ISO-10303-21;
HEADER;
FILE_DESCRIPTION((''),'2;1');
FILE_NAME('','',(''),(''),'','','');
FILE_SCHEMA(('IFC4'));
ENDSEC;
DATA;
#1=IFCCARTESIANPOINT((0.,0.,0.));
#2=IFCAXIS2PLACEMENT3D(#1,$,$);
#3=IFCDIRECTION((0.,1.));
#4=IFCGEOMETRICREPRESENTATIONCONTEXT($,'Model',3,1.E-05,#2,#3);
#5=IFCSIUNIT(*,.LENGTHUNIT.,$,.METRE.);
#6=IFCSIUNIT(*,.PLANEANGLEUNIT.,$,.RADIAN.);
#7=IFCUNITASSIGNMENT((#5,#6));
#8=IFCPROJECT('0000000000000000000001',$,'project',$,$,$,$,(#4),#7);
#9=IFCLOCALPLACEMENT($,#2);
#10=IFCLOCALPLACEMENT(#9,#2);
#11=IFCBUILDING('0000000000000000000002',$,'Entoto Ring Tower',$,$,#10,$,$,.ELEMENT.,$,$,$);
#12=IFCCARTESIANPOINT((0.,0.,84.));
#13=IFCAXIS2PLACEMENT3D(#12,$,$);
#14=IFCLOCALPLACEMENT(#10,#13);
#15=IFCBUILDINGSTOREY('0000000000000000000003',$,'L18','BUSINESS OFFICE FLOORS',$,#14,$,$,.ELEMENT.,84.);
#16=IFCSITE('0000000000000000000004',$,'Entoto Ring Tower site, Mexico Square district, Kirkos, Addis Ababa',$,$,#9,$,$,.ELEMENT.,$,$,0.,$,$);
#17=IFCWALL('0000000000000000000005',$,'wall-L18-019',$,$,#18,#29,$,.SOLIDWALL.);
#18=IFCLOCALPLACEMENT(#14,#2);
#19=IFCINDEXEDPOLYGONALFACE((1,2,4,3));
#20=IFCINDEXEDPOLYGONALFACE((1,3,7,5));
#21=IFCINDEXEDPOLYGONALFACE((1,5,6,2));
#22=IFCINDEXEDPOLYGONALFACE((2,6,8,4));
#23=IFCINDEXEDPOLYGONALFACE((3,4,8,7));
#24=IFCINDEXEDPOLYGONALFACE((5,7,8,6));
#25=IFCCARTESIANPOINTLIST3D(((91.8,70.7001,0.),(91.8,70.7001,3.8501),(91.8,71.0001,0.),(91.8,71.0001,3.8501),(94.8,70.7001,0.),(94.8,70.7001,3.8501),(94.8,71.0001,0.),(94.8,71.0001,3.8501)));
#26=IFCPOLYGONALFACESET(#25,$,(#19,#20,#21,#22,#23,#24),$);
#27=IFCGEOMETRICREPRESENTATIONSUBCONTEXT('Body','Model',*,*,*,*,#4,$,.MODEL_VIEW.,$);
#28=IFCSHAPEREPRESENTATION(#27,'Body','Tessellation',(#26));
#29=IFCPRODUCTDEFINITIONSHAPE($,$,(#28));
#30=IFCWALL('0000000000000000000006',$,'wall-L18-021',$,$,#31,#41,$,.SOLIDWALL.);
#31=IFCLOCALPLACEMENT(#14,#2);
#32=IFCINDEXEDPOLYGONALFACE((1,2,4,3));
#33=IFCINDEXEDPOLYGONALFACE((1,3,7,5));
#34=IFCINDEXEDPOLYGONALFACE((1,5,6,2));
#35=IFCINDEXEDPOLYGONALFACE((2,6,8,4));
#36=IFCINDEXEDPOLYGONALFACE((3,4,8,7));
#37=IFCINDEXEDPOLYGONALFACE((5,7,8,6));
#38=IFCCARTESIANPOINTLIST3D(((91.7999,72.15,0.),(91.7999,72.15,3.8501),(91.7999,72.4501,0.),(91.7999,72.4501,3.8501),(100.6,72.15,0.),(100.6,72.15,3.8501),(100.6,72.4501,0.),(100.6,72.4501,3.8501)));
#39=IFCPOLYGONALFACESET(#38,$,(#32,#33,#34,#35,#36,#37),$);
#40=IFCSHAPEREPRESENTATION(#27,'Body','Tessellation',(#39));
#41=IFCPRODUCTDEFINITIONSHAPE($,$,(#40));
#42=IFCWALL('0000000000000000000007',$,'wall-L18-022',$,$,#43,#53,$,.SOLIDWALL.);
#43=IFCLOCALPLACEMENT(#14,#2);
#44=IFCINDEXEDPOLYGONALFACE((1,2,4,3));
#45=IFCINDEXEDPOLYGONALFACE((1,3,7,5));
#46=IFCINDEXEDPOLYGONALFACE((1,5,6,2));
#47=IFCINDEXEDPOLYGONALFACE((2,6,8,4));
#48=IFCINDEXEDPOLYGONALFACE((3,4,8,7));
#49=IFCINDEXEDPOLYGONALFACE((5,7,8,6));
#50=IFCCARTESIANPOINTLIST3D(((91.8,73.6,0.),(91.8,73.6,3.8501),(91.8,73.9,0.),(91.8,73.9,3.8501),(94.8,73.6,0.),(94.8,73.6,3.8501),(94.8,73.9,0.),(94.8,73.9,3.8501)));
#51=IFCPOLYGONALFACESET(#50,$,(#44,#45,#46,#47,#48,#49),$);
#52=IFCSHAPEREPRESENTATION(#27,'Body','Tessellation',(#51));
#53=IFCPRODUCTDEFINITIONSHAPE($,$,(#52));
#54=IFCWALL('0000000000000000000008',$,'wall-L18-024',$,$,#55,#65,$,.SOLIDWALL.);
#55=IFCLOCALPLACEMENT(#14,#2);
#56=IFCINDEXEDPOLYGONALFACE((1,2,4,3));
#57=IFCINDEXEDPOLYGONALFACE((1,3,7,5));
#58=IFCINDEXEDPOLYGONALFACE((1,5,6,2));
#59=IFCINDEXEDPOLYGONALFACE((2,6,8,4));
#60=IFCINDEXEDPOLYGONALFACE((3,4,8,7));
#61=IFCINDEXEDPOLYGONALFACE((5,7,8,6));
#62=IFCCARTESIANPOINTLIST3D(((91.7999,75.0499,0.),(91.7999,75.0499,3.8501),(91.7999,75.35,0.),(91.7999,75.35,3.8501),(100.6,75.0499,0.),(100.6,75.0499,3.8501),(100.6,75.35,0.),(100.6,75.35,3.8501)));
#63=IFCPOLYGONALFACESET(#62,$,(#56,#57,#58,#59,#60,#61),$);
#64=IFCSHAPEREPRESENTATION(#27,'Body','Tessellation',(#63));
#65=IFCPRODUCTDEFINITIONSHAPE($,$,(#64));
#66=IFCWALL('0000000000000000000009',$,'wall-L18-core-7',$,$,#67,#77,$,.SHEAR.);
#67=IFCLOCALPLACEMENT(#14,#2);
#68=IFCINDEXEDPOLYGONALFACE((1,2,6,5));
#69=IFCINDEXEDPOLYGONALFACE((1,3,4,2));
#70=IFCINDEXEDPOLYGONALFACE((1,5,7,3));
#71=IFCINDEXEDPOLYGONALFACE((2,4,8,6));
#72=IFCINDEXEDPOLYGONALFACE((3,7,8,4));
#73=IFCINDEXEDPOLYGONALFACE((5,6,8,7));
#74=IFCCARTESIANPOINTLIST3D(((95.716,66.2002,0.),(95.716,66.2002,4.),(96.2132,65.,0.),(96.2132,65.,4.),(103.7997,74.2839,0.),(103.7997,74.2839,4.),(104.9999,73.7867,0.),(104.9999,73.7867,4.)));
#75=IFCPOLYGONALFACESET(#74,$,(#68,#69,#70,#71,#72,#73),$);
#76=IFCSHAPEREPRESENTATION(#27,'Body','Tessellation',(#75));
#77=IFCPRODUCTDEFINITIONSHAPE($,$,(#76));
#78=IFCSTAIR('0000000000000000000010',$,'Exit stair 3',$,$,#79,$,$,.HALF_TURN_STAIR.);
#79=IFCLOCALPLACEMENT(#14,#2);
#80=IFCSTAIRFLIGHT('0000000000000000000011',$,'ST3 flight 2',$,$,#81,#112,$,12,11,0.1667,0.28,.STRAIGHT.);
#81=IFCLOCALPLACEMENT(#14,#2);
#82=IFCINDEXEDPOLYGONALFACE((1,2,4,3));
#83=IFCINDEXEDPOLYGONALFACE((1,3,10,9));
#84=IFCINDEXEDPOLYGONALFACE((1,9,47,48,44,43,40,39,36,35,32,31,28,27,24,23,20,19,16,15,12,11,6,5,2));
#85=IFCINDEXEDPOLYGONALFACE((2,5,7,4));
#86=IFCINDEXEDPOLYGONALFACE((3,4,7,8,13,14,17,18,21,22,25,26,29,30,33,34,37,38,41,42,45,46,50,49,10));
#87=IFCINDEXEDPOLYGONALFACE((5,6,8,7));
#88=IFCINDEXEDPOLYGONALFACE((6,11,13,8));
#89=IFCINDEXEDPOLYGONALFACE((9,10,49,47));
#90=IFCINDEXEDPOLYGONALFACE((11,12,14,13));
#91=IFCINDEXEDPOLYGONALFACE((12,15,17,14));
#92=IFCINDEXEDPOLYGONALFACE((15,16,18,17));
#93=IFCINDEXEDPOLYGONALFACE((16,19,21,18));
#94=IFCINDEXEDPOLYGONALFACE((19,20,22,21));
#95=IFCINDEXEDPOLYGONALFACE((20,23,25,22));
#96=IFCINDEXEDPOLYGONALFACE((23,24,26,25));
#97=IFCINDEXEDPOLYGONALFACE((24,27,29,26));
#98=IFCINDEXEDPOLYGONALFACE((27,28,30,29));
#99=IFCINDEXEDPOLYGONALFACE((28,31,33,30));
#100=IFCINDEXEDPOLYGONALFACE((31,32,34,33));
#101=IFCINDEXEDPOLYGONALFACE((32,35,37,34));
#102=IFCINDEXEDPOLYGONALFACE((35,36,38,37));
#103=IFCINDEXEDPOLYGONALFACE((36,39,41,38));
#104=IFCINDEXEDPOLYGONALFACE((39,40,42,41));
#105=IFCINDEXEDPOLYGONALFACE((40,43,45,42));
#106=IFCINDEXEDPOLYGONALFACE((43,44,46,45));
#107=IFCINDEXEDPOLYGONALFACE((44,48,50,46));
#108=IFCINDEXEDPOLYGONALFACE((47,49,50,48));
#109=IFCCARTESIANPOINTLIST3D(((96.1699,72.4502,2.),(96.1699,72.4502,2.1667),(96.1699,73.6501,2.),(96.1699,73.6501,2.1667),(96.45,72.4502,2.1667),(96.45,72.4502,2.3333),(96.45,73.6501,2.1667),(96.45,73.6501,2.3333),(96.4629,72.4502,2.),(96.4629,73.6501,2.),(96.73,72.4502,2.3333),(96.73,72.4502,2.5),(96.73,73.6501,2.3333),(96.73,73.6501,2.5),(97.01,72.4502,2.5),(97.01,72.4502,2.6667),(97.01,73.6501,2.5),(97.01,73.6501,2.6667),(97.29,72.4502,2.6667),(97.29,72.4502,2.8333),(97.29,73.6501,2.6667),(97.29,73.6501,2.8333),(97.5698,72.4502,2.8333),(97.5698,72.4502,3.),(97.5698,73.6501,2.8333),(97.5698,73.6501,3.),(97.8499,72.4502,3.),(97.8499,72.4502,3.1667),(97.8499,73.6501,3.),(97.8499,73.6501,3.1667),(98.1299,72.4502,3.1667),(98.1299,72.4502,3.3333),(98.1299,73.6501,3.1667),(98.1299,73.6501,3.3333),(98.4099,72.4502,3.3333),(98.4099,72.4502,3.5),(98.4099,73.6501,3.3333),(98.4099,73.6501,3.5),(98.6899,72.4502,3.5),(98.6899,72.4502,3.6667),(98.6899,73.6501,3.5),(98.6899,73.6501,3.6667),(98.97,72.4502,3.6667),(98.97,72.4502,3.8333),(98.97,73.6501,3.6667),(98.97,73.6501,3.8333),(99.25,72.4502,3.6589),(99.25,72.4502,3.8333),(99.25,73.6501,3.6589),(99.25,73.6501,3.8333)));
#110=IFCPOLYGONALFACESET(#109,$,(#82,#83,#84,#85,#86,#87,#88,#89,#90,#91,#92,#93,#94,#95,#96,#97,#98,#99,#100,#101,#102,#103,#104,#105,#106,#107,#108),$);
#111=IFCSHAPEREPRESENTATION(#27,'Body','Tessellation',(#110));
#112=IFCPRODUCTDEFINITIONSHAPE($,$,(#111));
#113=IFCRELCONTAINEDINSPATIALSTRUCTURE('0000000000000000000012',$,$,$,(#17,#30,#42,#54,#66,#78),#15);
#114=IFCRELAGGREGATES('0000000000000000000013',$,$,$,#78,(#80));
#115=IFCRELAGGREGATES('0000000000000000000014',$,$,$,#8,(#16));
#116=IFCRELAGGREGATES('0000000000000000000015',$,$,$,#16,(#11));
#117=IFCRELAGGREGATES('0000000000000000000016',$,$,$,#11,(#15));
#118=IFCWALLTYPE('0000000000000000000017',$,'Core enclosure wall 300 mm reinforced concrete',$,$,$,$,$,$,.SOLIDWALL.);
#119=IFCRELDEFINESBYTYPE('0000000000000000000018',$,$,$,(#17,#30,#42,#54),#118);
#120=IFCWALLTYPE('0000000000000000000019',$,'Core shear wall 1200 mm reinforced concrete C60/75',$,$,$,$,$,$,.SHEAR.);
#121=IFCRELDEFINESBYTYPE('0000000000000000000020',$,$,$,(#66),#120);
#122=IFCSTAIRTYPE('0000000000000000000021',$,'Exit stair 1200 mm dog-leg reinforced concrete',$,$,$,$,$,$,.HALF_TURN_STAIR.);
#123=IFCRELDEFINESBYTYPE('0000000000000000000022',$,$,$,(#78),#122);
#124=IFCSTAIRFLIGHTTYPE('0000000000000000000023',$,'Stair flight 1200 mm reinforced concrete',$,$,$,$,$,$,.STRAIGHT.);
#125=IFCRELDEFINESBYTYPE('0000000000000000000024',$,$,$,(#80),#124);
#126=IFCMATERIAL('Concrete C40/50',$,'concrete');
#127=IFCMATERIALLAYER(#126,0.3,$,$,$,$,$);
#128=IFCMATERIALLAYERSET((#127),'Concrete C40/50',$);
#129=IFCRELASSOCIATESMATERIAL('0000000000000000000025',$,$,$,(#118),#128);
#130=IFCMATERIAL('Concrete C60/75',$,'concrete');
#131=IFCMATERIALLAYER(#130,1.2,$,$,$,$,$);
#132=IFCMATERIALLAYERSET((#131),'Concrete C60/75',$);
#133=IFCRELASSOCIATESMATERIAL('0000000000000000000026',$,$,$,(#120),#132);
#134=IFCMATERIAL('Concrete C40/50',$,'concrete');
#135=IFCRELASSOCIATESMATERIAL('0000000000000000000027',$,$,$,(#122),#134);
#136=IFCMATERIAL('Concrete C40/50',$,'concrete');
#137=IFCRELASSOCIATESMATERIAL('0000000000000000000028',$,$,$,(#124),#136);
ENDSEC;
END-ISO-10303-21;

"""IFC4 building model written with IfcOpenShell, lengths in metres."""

from ifc_helpers import new_model, si_unit, direction, frame, frame_2d, origin, place, context, subcontext, project, spatial, polyline, rectangle, outline, extrude, material, layer, layer_set, type_object, element, aggregate, save


model = new_model("IFC4")

# Units and contexts
model_context = context("Model", 3, precision=1e-05, world=origin(), true_north=direction((0.0, 1.0)))
body_context = subcontext(model_context, "Body", "Model", "MODEL_VIEW")
ifc_project = project(units=[si_unit("LENGTHUNIT", "METRE"), si_unit("PLANEANGLEUNIT", "RADIAN")], contexts=[model_context])

# Site, building, storey
site_placement = place(None, origin())
site = spatial("IfcSite", under=ifc_project, at=site_placement, Name="Entoto Ring Tower site, Mexico Square district, Kirkos, Addis Ababa", CompositionType="ELEMENT", RefElevation=0.0)
building_placement = place(site_placement, origin())
building = spatial("IfcBuilding", under=site, at=building_placement, Name="Entoto Ring Tower", CompositionType="ELEMENT")
storey_placement = place(building_placement, frame((0.0, 0.0, 84.0)))
storey = spatial("IfcBuildingStorey", under=building, at=storey_placement, Name="L18", Description="BUSINESS OFFICE FLOORS", CompositionType="ELEMENT", Elevation=84.0)

# Shared definitions
ifc_material_1 = material(Name="Concrete C40/50", Category="concrete")
ifc_layer_1 = layer(ifc_material_1, 0.3)
ifc_layer_set_1 = layer_set([ifc_layer_1], Name="Concrete C40/50")
wall_type_1 = type_object("IfcWallType", Name="Core enclosure wall 300 mm reinforced concrete", PredefinedType="SOLIDWALL", material=ifc_layer_set_1)

# Walls
wall_1_placement = place(storey_placement, frame((91.8, 70.8501, 0.0), z_axis=(0.0, 0.0, 1.0), x_axis=(1.0, 0.0, 0.0)))
element("IfcWall", 1, at=wall_1_placement, inside=storey, type_object=wall_type_1, Name="wall-L18-019", PredefinedType="SOLIDWALL", context=body_context, shape_type="SweptSolid", body=[
    extrude(rectangle(XDim=3.0, YDim=0.3, at=frame_2d((1.5, 0.0))), origin(), (0.0, 0.0, 1.0), 3.8501),
])
wall_2_placement = place(storey_placement, frame((91.8, 72.3, 0.0), z_axis=(0.0, 0.0, 1.0), x_axis=(1.0, 0.0, 0.0)))
element("IfcWall", 2, at=wall_2_placement, inside=storey, type_object=wall_type_1, Name="wall-L18-021", PredefinedType="SOLIDWALL", context=body_context, shape_type="SweptSolid", body=[
    extrude(rectangle(XDim=8.8, YDim=0.3, at=frame_2d((4.3999, 0.0))), origin(), (0.0, 0.0, 1.0), 3.8501),
])
wall_3_placement = place(storey_placement, frame((91.8, 73.75, 0.0), z_axis=(0.0, 0.0, 1.0), x_axis=(1.0, 0.0, 0.0)))
element("IfcWall", 3, at=wall_3_placement, inside=storey, type_object=wall_type_1, Name="wall-L18-022", PredefinedType="SOLIDWALL", context=body_context, shape_type="SweptSolid", body=[
    extrude(rectangle(XDim=3.0, YDim=0.3, at=frame_2d((1.5, 0.0))), origin(), (0.0, 0.0, 1.0), 3.8501),
])
wall_4_placement = place(storey_placement, frame((91.8, 75.2, 0.0), z_axis=(0.0, 0.0, 1.0), x_axis=(1.0, 0.0, 0.0)))
element("IfcWall", 4, at=wall_4_placement, inside=storey, type_object=wall_type_1, Name="wall-L18-024", PredefinedType="SOLIDWALL", context=body_context, shape_type="SweptSolid", body=[
    extrude(rectangle(XDim=8.8, YDim=0.3, at=frame_2d((4.3999, 0.0))), origin(), (0.0, 0.0, 1.0), 3.8501),
])
ifc_material_2 = material(Name="Concrete C60/75", Category="concrete")
ifc_layer_2 = layer(ifc_material_2, 1.2)
ifc_layer_set_2 = layer_set([ifc_layer_2], Name="Concrete C60/75")
wall_type_2 = type_object("IfcWallType", Name="Core shear wall 1200 mm reinforced concrete C60/75", PredefinedType="SHEAR", material=ifc_layer_set_2)
wall_5_placement = place(storey_placement, frame((95.9646, 65.6001, 0.0), z_axis=(0.0, 0.0, 1.0), x_axis=(0.707107, 0.707107, 0.0)))
element("IfcWall", 5, at=wall_5_placement, inside=storey, type_object=wall_type_2, Name="wall-L18-core-7", PredefinedType="SHEAR", context=body_context, shape_type="SweptSolid", body=[
    extrude(outline(polyline([(-0.2485, -0.6001), (12.1777, -0.6001), (11.6807, 0.6001), (0.2485, 0.6001), (-0.2485, -0.6001)])), origin(), (0.0, 0.0, 1.0), 4.0),
])

# Stair, stair flight
ifc_material_3 = material(Name="Concrete C40/50", Category="concrete")
stair_type = type_object("IfcStairType", Name="Exit stair 1200 mm dog-leg reinforced concrete", PredefinedType="HALF_TURN_STAIR", material=ifc_material_3)
stair_placement = place(storey_placement, origin())
stair = element("IfcStair", 6, at=stair_placement, inside=storey, type_object=stair_type, Name="Exit stair 3", PredefinedType="HALF_TURN_STAIR")
ifc_material_4 = material(Name="Concrete C40/50", Category="concrete")
stair_flight_type = type_object("IfcStairFlightType", Name="Stair flight 1200 mm reinforced concrete", PredefinedType="STRAIGHT", material=ifc_material_4)
stair_flight_placement = place(storey_placement, frame((96.1699, 73.05, 2.0), z_axis=(0.0, 0.0, 1.0), x_axis=(1.0, 0.0, 0.0)))
stair_flight = element("IfcStairFlight", 7, at=stair_flight_placement, type_object=stair_flight_type, Name="ST3 flight 2", NumberOfRisers=12, NumberOfTreads=11, PredefinedType="STRAIGHT", RiserHeight=0.1667, TreadLength=0.28, context=body_context, shape_type="SweptSolid", body=[
    extrude(outline(polyline([(0.0, 0.0), (0.0, 0.1667), (0.28, 0.1667), (0.28, 0.3333), (0.5601, 0.3333), (0.5601, 0.5), (0.8401, 0.5), (0.8401, 0.6667), (1.1201, 0.6667), (1.1201, 0.8333), (1.3999, 0.8333), (1.3999, 1.0), (1.6799, 1.0), (1.6799, 1.1667), (1.96, 1.1667), (1.96, 1.3333), (2.24, 1.3333), (2.24, 1.5), (2.52, 1.5), (2.52, 1.6667), (2.8, 1.6667), (2.8, 1.8333), (3.0801, 1.8333), (3.0801, 2.0), (3.0801, 1.6589), (0.293, 0.0), (0.0, 0.0)])), frame((0.0, 0.6001, 0.0), z_axis=(0.0, -1.0, 0.0), x_axis=(1.0, 0.0, 0.0)), (0.0, 0.0, 1.0), 1.2),
])
aggregate(stair, [stair_flight])

save(model, "model.ifc")
